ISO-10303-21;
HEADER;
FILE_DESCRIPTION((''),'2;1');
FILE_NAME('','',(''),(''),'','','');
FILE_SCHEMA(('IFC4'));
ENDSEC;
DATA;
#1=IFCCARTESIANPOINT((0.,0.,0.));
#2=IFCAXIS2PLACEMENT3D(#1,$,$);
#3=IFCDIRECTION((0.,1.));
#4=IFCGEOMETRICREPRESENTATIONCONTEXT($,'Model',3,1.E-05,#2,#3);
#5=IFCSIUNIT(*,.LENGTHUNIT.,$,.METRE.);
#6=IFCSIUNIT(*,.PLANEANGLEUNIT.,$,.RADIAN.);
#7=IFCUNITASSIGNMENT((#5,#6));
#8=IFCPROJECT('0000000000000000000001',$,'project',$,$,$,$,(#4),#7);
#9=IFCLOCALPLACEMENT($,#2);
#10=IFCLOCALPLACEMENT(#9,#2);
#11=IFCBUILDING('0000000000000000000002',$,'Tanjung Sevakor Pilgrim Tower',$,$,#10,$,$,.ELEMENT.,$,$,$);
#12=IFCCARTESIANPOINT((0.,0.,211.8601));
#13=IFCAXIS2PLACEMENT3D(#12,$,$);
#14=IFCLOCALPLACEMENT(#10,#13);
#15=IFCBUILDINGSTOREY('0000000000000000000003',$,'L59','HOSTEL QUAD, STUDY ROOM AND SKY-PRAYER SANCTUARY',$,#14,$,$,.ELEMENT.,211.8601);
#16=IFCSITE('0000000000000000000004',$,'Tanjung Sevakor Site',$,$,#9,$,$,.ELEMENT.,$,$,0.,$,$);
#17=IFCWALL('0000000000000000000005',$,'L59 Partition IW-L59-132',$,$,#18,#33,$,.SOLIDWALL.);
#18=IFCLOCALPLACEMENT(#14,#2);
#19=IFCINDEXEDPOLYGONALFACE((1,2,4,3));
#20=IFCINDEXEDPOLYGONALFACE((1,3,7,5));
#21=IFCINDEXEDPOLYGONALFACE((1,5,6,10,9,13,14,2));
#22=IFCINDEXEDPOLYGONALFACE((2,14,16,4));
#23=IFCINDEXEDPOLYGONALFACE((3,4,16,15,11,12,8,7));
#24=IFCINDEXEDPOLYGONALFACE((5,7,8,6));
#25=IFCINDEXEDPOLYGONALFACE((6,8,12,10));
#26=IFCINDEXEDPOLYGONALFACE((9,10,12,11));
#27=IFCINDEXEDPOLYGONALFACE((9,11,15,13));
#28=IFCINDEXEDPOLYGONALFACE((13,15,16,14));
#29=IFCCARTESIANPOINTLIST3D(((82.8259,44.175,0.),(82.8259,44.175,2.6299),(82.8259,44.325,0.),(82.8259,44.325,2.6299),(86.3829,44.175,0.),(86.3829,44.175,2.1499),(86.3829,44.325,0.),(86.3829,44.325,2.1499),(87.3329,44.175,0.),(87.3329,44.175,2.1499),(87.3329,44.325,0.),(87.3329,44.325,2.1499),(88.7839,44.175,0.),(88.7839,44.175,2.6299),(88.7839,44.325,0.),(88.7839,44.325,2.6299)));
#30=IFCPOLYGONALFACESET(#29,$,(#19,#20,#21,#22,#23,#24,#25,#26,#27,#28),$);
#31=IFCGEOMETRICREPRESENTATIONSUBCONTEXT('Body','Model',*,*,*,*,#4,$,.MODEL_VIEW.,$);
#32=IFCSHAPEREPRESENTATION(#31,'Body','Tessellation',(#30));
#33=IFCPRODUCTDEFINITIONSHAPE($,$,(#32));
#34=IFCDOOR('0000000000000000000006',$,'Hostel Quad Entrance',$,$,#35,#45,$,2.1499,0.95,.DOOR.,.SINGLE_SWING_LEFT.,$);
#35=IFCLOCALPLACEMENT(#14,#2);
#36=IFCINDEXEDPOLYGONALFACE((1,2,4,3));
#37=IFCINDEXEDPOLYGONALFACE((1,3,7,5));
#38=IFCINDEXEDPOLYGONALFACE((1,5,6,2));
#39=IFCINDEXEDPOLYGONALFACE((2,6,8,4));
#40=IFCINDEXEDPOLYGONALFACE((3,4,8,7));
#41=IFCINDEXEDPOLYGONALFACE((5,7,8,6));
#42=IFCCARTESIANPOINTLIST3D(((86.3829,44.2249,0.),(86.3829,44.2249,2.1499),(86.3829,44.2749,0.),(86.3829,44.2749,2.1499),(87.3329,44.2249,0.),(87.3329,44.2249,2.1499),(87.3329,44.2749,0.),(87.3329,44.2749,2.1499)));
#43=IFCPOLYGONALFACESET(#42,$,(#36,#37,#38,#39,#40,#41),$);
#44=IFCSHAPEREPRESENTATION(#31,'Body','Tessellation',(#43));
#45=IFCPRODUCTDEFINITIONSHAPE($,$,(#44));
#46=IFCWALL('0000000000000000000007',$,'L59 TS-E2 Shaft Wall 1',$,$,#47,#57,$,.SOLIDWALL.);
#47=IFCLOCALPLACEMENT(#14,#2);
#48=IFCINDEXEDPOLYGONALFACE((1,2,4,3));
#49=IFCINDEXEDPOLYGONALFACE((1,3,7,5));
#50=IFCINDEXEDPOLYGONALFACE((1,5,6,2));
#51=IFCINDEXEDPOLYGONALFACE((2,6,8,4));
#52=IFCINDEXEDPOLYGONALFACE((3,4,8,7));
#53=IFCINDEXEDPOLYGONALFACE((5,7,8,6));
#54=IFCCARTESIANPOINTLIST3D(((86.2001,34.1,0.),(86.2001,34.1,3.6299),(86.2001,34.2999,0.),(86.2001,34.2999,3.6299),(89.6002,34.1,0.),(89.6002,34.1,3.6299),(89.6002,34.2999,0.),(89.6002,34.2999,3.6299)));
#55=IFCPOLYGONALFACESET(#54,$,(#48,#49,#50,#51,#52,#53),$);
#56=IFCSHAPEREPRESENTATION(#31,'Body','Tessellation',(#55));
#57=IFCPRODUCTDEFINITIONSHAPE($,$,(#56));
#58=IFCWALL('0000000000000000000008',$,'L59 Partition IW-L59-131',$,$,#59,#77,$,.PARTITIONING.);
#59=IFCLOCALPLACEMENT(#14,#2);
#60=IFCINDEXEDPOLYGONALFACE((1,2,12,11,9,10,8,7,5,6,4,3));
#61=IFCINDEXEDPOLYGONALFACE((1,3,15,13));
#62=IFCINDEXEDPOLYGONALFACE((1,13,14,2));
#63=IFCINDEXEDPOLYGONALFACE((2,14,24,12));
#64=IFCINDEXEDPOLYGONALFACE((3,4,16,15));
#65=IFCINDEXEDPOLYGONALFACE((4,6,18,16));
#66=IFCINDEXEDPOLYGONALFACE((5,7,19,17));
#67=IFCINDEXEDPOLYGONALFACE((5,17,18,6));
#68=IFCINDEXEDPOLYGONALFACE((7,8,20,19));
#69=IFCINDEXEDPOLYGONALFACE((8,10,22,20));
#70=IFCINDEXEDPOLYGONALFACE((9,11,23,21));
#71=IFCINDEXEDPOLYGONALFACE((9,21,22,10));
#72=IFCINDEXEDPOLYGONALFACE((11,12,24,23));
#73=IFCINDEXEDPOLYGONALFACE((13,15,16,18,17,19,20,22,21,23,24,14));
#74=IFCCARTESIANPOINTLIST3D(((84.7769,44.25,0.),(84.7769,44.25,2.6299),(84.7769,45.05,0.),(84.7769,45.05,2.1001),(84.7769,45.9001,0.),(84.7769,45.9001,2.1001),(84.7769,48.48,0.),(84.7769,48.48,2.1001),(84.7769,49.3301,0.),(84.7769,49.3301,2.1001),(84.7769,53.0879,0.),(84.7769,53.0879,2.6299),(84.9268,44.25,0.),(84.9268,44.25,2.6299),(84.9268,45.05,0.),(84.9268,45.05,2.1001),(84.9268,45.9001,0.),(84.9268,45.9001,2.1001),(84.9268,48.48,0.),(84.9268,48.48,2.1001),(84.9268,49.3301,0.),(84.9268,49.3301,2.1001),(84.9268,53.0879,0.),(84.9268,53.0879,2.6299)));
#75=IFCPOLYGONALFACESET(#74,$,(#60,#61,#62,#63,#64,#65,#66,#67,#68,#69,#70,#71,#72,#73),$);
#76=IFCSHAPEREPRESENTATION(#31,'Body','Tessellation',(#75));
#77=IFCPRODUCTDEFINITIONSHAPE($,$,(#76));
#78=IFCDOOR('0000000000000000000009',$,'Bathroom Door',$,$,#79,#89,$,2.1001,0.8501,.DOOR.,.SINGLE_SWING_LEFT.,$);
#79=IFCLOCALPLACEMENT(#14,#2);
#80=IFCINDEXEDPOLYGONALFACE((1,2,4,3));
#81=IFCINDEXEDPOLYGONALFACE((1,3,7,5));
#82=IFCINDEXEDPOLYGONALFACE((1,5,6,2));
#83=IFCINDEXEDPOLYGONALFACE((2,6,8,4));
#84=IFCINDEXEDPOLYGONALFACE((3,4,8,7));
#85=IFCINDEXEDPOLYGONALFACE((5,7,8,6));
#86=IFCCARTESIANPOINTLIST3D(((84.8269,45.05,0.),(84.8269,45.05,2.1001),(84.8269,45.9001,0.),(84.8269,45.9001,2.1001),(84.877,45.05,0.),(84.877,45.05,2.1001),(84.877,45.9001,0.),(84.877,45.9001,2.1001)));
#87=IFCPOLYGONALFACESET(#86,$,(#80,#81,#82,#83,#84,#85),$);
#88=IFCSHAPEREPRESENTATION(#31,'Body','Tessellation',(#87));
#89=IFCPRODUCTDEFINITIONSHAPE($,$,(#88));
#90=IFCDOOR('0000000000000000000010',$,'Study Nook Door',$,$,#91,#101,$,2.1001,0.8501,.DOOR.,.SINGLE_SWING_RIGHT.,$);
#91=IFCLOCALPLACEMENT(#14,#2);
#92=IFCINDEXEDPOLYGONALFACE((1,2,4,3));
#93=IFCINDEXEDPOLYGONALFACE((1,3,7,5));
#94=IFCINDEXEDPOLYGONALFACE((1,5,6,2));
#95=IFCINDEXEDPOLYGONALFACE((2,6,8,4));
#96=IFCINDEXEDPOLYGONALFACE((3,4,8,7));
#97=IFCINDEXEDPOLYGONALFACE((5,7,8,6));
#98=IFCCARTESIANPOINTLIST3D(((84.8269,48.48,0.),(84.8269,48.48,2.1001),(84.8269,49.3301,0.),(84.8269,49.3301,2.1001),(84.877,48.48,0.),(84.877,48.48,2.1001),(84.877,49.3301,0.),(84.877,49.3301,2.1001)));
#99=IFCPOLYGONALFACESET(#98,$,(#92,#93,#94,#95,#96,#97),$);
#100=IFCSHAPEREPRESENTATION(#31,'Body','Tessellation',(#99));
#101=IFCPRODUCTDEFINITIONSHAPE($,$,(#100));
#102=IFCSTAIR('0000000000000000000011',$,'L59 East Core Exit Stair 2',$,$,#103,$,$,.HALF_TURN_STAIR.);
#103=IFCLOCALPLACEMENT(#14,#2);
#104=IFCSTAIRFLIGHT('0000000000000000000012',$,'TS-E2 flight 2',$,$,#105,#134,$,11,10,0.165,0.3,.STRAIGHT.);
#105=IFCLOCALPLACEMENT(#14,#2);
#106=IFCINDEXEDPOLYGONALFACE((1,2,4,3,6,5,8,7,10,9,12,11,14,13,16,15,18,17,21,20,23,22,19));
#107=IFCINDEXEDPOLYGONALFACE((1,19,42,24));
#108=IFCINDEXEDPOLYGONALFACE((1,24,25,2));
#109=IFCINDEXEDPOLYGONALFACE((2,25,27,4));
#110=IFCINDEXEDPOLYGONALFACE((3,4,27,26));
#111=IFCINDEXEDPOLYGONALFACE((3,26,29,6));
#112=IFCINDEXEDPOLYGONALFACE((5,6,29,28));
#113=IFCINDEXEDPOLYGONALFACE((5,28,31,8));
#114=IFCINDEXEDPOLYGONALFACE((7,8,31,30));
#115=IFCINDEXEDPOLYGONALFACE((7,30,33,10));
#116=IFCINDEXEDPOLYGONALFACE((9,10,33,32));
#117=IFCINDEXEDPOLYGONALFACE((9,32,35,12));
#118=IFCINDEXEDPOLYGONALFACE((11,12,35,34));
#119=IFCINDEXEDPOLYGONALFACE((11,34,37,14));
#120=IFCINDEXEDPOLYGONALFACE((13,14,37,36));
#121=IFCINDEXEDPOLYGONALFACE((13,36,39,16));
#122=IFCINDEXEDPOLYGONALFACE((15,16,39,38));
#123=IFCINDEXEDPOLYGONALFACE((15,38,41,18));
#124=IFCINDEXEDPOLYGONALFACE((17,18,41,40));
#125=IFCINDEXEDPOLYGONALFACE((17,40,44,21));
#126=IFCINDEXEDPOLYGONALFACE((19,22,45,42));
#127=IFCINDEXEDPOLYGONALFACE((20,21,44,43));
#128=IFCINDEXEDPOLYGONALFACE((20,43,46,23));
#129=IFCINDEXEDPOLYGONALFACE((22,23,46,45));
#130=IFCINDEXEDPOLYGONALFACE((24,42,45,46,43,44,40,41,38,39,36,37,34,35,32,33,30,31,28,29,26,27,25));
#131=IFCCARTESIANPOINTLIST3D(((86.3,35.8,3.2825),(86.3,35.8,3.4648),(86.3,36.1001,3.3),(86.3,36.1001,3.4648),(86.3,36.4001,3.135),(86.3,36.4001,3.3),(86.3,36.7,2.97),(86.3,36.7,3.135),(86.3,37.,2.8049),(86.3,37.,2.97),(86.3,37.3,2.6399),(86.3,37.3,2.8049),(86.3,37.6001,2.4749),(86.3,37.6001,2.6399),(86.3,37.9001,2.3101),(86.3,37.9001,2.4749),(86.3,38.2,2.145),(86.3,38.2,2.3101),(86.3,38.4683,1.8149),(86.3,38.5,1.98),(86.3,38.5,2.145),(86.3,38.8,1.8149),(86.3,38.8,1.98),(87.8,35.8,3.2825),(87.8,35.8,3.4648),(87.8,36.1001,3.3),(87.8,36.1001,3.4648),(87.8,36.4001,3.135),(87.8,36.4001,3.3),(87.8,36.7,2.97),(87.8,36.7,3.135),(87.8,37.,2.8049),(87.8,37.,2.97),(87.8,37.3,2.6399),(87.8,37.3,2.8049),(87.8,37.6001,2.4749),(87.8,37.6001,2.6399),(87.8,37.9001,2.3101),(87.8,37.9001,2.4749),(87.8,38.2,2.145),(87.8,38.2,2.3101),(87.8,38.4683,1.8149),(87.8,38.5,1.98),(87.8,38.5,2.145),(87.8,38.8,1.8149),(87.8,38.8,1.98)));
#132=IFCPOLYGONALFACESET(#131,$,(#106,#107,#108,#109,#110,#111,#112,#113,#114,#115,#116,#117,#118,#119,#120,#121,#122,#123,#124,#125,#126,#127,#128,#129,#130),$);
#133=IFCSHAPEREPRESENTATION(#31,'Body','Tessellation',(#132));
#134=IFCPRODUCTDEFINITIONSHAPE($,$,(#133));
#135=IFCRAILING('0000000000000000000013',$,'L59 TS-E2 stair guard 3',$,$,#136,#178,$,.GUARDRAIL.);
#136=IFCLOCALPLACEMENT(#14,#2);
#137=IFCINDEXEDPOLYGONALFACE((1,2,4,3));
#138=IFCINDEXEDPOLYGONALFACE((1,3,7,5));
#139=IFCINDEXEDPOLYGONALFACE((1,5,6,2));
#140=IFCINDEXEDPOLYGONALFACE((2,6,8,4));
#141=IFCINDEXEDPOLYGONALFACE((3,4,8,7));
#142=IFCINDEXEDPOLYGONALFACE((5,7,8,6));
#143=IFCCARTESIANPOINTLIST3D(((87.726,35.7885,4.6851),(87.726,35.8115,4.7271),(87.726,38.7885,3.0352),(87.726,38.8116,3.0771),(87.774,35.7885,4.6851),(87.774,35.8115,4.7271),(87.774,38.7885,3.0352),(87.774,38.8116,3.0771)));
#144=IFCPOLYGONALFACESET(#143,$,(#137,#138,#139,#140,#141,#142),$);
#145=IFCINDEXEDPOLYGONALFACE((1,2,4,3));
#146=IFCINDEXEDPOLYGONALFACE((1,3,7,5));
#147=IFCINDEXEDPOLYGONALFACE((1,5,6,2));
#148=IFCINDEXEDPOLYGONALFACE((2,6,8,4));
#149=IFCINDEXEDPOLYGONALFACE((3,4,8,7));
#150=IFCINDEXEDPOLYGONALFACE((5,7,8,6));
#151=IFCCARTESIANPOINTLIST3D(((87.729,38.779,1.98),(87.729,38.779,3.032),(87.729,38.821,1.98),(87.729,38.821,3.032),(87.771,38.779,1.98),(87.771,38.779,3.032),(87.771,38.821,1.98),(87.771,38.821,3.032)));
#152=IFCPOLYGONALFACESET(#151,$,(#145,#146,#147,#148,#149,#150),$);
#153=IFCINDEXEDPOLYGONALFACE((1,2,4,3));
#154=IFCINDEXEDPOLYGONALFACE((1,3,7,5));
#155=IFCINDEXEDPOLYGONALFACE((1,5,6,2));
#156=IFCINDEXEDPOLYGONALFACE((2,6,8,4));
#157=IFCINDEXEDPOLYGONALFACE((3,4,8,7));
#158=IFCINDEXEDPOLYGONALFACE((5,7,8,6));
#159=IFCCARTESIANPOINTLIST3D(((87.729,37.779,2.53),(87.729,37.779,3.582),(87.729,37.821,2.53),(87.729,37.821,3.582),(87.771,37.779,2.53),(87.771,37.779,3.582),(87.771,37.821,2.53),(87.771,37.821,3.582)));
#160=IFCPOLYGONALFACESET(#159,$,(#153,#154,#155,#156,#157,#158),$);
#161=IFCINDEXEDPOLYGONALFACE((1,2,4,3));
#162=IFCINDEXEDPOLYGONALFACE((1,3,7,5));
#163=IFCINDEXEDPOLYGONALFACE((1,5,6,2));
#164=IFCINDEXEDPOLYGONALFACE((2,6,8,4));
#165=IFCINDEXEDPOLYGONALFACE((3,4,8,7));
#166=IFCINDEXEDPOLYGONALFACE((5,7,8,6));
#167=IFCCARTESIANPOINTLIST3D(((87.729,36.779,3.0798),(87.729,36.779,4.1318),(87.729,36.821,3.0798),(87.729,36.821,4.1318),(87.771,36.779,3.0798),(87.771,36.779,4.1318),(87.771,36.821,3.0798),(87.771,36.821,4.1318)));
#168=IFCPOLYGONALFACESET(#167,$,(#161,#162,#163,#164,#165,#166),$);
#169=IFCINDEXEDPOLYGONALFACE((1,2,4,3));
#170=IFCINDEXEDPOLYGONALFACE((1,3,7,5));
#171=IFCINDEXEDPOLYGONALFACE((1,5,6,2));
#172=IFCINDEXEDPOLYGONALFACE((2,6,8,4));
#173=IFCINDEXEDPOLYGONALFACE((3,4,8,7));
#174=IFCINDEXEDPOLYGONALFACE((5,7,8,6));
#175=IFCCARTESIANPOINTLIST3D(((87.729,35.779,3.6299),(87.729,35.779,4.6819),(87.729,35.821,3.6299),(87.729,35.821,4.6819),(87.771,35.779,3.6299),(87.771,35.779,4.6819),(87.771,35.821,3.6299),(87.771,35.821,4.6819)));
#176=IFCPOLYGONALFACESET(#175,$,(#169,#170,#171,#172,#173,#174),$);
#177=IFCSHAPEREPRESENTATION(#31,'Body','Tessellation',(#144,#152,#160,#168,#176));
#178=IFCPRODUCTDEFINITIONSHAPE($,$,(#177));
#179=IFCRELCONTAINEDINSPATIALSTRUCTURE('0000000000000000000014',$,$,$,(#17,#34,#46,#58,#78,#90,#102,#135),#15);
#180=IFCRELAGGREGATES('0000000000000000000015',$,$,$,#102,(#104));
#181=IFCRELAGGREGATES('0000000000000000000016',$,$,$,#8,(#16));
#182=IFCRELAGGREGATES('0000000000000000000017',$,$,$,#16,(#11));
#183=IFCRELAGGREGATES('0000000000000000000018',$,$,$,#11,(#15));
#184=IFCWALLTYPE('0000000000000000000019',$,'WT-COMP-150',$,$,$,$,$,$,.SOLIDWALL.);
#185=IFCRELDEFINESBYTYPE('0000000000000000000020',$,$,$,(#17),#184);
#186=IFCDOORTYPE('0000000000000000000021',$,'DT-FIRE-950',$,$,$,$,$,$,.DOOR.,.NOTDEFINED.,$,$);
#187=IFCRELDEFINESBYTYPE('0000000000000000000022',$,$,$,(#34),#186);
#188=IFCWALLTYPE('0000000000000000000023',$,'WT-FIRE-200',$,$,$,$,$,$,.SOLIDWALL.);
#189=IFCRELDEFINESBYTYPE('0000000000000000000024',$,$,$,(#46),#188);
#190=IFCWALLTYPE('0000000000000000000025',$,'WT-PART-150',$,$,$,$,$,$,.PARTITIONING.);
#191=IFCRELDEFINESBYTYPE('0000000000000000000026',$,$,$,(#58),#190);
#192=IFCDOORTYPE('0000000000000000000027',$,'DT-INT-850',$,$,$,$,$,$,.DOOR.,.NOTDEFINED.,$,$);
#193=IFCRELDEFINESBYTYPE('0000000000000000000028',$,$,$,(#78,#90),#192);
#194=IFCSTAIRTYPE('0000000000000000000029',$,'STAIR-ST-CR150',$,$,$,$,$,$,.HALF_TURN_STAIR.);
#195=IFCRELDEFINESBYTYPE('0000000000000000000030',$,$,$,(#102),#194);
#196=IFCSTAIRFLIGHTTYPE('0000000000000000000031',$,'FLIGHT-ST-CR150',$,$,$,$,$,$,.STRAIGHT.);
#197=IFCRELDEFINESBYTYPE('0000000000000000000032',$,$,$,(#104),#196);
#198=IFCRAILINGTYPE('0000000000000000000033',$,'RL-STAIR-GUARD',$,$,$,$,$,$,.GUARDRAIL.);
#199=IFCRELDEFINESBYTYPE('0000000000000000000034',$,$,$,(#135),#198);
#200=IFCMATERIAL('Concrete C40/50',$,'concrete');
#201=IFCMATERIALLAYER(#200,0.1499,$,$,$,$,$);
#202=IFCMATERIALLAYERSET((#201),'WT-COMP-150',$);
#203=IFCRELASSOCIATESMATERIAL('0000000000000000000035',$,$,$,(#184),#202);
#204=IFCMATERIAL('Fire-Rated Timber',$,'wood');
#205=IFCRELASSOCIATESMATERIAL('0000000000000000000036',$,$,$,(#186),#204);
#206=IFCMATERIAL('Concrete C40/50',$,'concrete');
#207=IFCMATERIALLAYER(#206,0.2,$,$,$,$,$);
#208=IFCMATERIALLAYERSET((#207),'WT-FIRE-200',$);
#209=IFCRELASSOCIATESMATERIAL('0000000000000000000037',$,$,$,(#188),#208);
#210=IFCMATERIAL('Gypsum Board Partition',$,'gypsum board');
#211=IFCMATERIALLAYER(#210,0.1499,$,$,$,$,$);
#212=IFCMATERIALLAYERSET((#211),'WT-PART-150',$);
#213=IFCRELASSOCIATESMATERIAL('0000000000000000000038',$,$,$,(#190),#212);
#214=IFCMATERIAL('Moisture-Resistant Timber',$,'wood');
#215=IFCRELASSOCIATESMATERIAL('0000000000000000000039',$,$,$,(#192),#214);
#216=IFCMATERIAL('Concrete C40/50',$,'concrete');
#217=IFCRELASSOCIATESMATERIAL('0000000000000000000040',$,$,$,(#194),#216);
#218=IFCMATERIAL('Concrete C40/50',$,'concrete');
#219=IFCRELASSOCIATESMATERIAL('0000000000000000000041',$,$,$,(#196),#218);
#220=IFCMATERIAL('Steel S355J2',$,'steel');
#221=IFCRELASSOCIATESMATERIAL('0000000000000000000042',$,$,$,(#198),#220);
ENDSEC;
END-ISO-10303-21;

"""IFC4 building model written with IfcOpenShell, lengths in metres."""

from ifc_helpers import new_model, si_unit, direction, frame, frame_2d, origin, place, context, subcontext, project, spatial, polyline, rectangle, outline, extrude, material, layer, layer_set, type_object, element, fill, aggregate, save


model = new_model("IFC4")

# Units and contexts
model_context = context("Model", 3, precision=1e-05, world=origin(), true_north=direction((0.0, 1.0)))
body_context = subcontext(model_context, "Body", "Model", "MODEL_VIEW")
ifc_project = project(units=[si_unit("LENGTHUNIT", "METRE"), si_unit("PLANEANGLEUNIT", "RADIAN")], contexts=[model_context])

# Site, building, storey
site_placement = place(None, origin())
site = spatial("IfcSite", under=ifc_project, at=site_placement, Name="Tanjung Sevakor Site", CompositionType="ELEMENT", RefElevation=0.0)
building_placement = place(site_placement, origin())
building = spatial("IfcBuilding", under=site, at=building_placement, Name="Tanjung Sevakor Pilgrim Tower", CompositionType="ELEMENT")
storey_placement = place(building_placement, frame((0.0, 0.0, 211.8601)))
storey = spatial("IfcBuildingStorey", under=building, at=storey_placement, Name="L59", Description="HOSTEL QUAD, STUDY ROOM AND SKY-PRAYER SANCTUARY", CompositionType="ELEMENT", Elevation=211.8601)

# Shared definitions
ifc_material_1 = material(Name="Concrete C40/50", Category="concrete")
ifc_layer_1 = layer(ifc_material_1, 0.1499)
ifc_layer_set_1 = layer_set([ifc_layer_1], Name="WT-COMP-150")
wall_type_1 = type_object("IfcWallType", Name="WT-COMP-150", PredefinedType="SOLIDWALL", material=ifc_layer_set_1)

# Shared definitions
ifc_material_2 = material(Name="Fire-Rated Timber", Category="wood")
door_type_1 = type_object("IfcDoorType", Name="DT-FIRE-950", OperationType="NOTDEFINED", PredefinedType="DOOR", material=ifc_material_2)

# Wall, opening, door
wall_1_placement = place(storey_placement, frame((82.8259, 44.25, 0.0), z_axis=(0.0, 0.0, 1.0), x_axis=(1.0, 0.0, 0.0)))
wall_1 = element("IfcWall", 1, at=wall_1_placement, inside=storey, type_object=wall_type_1, Name="L59 Partition IW-L59-132", PredefinedType="SOLIDWALL", context=body_context, shape_type="SweptSolid", body=[
    extrude(rectangle(XDim=5.958, YDim=0.1499, at=frame_2d((2.979, 0.0))), origin(), (0.0, 0.0, 1.0), 2.6299),
])
opening_1_placement = place(wall_1_placement, frame((3.5569, 0.0, 0.0)))
opening_1 = element("IfcOpeningElement", 2, at=opening_1_placement, cuts=wall_1, PredefinedType="OPENING", context=body_context, shape_type="SweptSolid", body=[
    extrude(rectangle(XDim=0.95, YDim=2.1499, at=frame_2d((0.4751, 1.075))), frame((0.0, 0.085, 0.0), z_axis=(0.0, -1.0, 0.0), x_axis=(1.0, 0.0, 0.0)), (0.0, 0.0, 1.0), 0.1699),
])
door_1_placement = place(opening_1_placement, origin())
door_1 = element("IfcDoor", 3, at=door_1_placement, inside=storey, type_object=door_type_1, Name="Hostel Quad Entrance", OperationType="SINGLE_SWING_LEFT", OverallHeight=2.1499, OverallWidth=0.95, PredefinedType="DOOR", context=body_context, shape_type="SweptSolid", body=[
    extrude(rectangle(XDim=0.95, YDim=2.1499, at=frame_2d((0.4751, 1.075))), frame((0.0, 0.0249, 0.0), z_axis=(0.0, -1.0, 0.0), x_axis=(1.0, 0.0, 0.0)), (0.0, 0.0, 1.0), 0.05),
])
fill(opening_1, door_1)

# Wall
ifc_material_3 = material(Name="Concrete C40/50", Category="concrete")
ifc_layer_2 = layer(ifc_material_3, 0.2)
ifc_layer_set_2 = layer_set([ifc_layer_2], Name="WT-FIRE-200")
wall_type_2 = type_object("IfcWallType", Name="WT-FIRE-200", PredefinedType="SOLIDWALL", material=ifc_layer_set_2)
wall_2_placement = place(storey_placement, frame((86.2, 34.2, 0.0), z_axis=(0.0, 0.0, 1.0), x_axis=(1.0, 0.0, 0.0)))
element("IfcWall", 4, at=wall_2_placement, inside=storey, type_object=wall_type_2, Name="L59 TS-E2 Shaft Wall 1", PredefinedType="SOLIDWALL", context=body_context, shape_type="SweptSolid", body=[
    extrude(rectangle(XDim=3.4001, YDim=0.2, at=frame_2d((1.7002, 0.0))), origin(), (0.0, 0.0, 1.0), 3.6299),
])

# Wall, openings, doors
ifc_material_4 = material(Name="Gypsum Board Partition", Category="gypsum board")
ifc_layer_3 = layer(ifc_material_4, 0.1499)
ifc_layer_set_3 = layer_set([ifc_layer_3], Name="WT-PART-150")
wall_type_3 = type_object("IfcWallType", Name="WT-PART-150", PredefinedType="PARTITIONING", material=ifc_layer_set_3)
wall_3_placement = place(storey_placement, frame((84.8518, 44.25, 0.0), z_axis=(0.0, 0.0, 1.0), x_axis=(0.0, 1.0, 0.0)))
wall_3 = element("IfcWall", 5, at=wall_3_placement, inside=storey, type_object=wall_type_3, Name="L59 Partition IW-L59-131", PredefinedType="PARTITIONING", context=body_context, shape_type="SweptSolid", body=[
    extrude(rectangle(XDim=8.8379, YDim=0.1499, at=frame_2d((4.4189, 0.0))), origin(), (0.0, 0.0, 1.0), 2.6299),
])
opening_2_placement = place(wall_3_placement, frame((0.8, 0.0, 0.0)))
opening_2 = element("IfcOpeningElement", 6, at=opening_2_placement, cuts=wall_3, PredefinedType="OPENING", context=body_context, shape_type="SweptSolid", body=[
    extrude(rectangle(XDim=0.8501, YDim=2.1001, at=frame_2d((0.425, 1.05))), frame((0.0, 0.085, 0.0), z_axis=(0.0, -1.0, 0.0), x_axis=(1.0, 0.0, 0.0)), (0.0, 0.0, 1.0), 0.1699),
])
opening_3_placement = place(wall_3_placement, frame((4.23, 0.0, 0.0)))
opening_3 = element("IfcOpeningElement", 7, at=opening_3_placement, cuts=wall_3, PredefinedType="OPENING", context=body_context, shape_type="SweptSolid", body=[
    extrude(rectangle(XDim=0.8501, YDim=2.1001, at=frame_2d((0.425, 1.05))), frame((0.0, 0.085, 0.0), z_axis=(0.0, -1.0, 0.0), x_axis=(1.0, 0.0, 0.0)), (0.0, 0.0, 1.0), 0.1699),
])
ifc_material_5 = material(Name="Moisture-Resistant Timber", Category="wood")
door_type_2 = type_object("IfcDoorType", Name="DT-INT-850", OperationType="NOTDEFINED", PredefinedType="DOOR", material=ifc_material_5)
door_2_placement = place(opening_2_placement, origin())
door_2 = element("IfcDoor", 8, at=door_2_placement, inside=storey, type_object=door_type_2, Name="Bathroom Door", OperationType="SINGLE_SWING_LEFT", OverallHeight=2.1001, OverallWidth=0.8501, PredefinedType="DOOR", context=body_context, shape_type="SweptSolid", body=[
    extrude(rectangle(XDim=0.8501, YDim=2.1001, at=frame_2d((0.425, 1.05))), frame((0.0, 0.0249, 0.0), z_axis=(0.0, -1.0, 0.0), x_axis=(1.0, 0.0, 0.0)), (0.0, 0.0, 1.0), 0.05),
])
fill(opening_2, door_2)
door_3_placement = place(opening_3_placement, origin())
door_3 = element("IfcDoor", 9, at=door_3_placement, inside=storey, type_object=door_type_2, Name="Study Nook Door", OperationType="SINGLE_SWING_RIGHT", OverallHeight=2.1001, OverallWidth=0.8501, PredefinedType="DOOR", context=body_context, shape_type="SweptSolid", body=[
    extrude(rectangle(XDim=0.8501, YDim=2.1001, at=frame_2d((0.425, 1.05))), frame((0.0, 0.0249, 0.0), z_axis=(0.0, -1.0, 0.0), x_axis=(1.0, 0.0, 0.0)), (0.0, 0.0, 1.0), 0.05),
])
fill(opening_3, door_3)

# Stair, stair flight
ifc_material_6 = material(Name="Concrete C40/50", Category="concrete")
stair_type = type_object("IfcStairType", Name="STAIR-ST-CR150", PredefinedType="HALF_TURN_STAIR", material=ifc_material_6)
stair_placement = place(storey_placement, origin())
stair = element("IfcStair", 10, at=stair_placement, inside=storey, type_object=stair_type, Name="L59 East Core Exit Stair 2", PredefinedType="HALF_TURN_STAIR")
ifc_material_7 = material(Name="Concrete C40/50", Category="concrete")
stair_flight_type = type_object("IfcStairFlightType", Name="FLIGHT-ST-CR150", PredefinedType="STRAIGHT", material=ifc_material_7)
stair_flight_placement = place(storey_placement, frame((87.05, 38.8, 1.8149), z_axis=(0.0, 0.0, 1.0), x_axis=(0.0, -1.0, 0.0)))
stair_flight = element("IfcStairFlight", 11, at=stair_flight_placement, type_object=stair_flight_type, Name="TS-E2 flight 2", NumberOfRisers=11, NumberOfTreads=10, PredefinedType="STRAIGHT", RiserHeight=0.165, TreadLength=0.3, context=body_context, shape_type="SweptSolid", body=[
    extrude(outline(polyline([(0.0, 0.0), (0.0, 0.165), (0.3, 0.165), (0.3, 0.3301), (0.6001, 0.3301), (0.6001, 0.4951), (0.8999, 0.4951), (0.8999, 0.6599), (1.2, 0.6599), (1.2, 0.825), (1.5, 0.825), (1.5, 0.99), (1.8, 0.99), (1.8, 1.155), (2.1001, 1.155), (2.1001, 1.3201), (2.3999, 1.3201), (2.3999, 1.4851), (2.7, 1.4851), (2.7, 1.6499), (3.0, 1.6499), (3.0, 1.8149), (3.0, 1.4675), (0.3318, 0.0), (0.0, 0.0)])), frame((0.0, 0.75, 0.0), z_axis=(0.0, -1.0, 0.0), x_axis=(1.0, 0.0, 0.0)), (0.0, 0.0, 1.0), 1.5),
])
aggregate(stair, [stair_flight])

# Railing
ifc_material_8 = material(Name="Steel S355J2", Category="steel")
railing_type_1 = type_object("IfcRailingType", Name="RL-STAIR-GUARD", PredefinedType="GUARDRAIL", material=ifc_material_8)
railing_1_placement = place(storey_placement, frame((87.75, 38.8, 1.98)))
element("IfcRailing", 12, at=railing_1_placement, inside=storey, type_object=railing_type_1, Name="L59 TS-E2 stair guard 3", PredefinedType="GUARDRAIL", context=body_context, shape_type="SweptSolid", body=[
    extrude(rectangle(XDim=0.0479, YDim=0.0479), frame((0.0, 0.0, 1.0762), z_axis=(0.0, -0.876228, 0.481897), x_axis=(1.0, 0.0, 0.0)), (0.0, 0.0, 1.0), 3.4238),
    extrude(rectangle(XDim=0.042, YDim=0.042), origin(), (0.0, 0.0, 1.0), 1.052),
    extrude(rectangle(XDim=0.042, YDim=0.042), frame((0.0, -1.0, 0.55)), (0.0, 0.0, 1.0), 1.052),
    extrude(rectangle(XDim=0.042, YDim=0.042), frame((0.0, -2.0, 1.0999)), (0.0, 0.0, 1.0), 1.052),
    extrude(rectangle(XDim=0.042, YDim=0.042), frame((0.0, -3.0, 1.6499)), (0.0, 0.0, 1.0), 1.052),
])

save(model, "model.ifc")
